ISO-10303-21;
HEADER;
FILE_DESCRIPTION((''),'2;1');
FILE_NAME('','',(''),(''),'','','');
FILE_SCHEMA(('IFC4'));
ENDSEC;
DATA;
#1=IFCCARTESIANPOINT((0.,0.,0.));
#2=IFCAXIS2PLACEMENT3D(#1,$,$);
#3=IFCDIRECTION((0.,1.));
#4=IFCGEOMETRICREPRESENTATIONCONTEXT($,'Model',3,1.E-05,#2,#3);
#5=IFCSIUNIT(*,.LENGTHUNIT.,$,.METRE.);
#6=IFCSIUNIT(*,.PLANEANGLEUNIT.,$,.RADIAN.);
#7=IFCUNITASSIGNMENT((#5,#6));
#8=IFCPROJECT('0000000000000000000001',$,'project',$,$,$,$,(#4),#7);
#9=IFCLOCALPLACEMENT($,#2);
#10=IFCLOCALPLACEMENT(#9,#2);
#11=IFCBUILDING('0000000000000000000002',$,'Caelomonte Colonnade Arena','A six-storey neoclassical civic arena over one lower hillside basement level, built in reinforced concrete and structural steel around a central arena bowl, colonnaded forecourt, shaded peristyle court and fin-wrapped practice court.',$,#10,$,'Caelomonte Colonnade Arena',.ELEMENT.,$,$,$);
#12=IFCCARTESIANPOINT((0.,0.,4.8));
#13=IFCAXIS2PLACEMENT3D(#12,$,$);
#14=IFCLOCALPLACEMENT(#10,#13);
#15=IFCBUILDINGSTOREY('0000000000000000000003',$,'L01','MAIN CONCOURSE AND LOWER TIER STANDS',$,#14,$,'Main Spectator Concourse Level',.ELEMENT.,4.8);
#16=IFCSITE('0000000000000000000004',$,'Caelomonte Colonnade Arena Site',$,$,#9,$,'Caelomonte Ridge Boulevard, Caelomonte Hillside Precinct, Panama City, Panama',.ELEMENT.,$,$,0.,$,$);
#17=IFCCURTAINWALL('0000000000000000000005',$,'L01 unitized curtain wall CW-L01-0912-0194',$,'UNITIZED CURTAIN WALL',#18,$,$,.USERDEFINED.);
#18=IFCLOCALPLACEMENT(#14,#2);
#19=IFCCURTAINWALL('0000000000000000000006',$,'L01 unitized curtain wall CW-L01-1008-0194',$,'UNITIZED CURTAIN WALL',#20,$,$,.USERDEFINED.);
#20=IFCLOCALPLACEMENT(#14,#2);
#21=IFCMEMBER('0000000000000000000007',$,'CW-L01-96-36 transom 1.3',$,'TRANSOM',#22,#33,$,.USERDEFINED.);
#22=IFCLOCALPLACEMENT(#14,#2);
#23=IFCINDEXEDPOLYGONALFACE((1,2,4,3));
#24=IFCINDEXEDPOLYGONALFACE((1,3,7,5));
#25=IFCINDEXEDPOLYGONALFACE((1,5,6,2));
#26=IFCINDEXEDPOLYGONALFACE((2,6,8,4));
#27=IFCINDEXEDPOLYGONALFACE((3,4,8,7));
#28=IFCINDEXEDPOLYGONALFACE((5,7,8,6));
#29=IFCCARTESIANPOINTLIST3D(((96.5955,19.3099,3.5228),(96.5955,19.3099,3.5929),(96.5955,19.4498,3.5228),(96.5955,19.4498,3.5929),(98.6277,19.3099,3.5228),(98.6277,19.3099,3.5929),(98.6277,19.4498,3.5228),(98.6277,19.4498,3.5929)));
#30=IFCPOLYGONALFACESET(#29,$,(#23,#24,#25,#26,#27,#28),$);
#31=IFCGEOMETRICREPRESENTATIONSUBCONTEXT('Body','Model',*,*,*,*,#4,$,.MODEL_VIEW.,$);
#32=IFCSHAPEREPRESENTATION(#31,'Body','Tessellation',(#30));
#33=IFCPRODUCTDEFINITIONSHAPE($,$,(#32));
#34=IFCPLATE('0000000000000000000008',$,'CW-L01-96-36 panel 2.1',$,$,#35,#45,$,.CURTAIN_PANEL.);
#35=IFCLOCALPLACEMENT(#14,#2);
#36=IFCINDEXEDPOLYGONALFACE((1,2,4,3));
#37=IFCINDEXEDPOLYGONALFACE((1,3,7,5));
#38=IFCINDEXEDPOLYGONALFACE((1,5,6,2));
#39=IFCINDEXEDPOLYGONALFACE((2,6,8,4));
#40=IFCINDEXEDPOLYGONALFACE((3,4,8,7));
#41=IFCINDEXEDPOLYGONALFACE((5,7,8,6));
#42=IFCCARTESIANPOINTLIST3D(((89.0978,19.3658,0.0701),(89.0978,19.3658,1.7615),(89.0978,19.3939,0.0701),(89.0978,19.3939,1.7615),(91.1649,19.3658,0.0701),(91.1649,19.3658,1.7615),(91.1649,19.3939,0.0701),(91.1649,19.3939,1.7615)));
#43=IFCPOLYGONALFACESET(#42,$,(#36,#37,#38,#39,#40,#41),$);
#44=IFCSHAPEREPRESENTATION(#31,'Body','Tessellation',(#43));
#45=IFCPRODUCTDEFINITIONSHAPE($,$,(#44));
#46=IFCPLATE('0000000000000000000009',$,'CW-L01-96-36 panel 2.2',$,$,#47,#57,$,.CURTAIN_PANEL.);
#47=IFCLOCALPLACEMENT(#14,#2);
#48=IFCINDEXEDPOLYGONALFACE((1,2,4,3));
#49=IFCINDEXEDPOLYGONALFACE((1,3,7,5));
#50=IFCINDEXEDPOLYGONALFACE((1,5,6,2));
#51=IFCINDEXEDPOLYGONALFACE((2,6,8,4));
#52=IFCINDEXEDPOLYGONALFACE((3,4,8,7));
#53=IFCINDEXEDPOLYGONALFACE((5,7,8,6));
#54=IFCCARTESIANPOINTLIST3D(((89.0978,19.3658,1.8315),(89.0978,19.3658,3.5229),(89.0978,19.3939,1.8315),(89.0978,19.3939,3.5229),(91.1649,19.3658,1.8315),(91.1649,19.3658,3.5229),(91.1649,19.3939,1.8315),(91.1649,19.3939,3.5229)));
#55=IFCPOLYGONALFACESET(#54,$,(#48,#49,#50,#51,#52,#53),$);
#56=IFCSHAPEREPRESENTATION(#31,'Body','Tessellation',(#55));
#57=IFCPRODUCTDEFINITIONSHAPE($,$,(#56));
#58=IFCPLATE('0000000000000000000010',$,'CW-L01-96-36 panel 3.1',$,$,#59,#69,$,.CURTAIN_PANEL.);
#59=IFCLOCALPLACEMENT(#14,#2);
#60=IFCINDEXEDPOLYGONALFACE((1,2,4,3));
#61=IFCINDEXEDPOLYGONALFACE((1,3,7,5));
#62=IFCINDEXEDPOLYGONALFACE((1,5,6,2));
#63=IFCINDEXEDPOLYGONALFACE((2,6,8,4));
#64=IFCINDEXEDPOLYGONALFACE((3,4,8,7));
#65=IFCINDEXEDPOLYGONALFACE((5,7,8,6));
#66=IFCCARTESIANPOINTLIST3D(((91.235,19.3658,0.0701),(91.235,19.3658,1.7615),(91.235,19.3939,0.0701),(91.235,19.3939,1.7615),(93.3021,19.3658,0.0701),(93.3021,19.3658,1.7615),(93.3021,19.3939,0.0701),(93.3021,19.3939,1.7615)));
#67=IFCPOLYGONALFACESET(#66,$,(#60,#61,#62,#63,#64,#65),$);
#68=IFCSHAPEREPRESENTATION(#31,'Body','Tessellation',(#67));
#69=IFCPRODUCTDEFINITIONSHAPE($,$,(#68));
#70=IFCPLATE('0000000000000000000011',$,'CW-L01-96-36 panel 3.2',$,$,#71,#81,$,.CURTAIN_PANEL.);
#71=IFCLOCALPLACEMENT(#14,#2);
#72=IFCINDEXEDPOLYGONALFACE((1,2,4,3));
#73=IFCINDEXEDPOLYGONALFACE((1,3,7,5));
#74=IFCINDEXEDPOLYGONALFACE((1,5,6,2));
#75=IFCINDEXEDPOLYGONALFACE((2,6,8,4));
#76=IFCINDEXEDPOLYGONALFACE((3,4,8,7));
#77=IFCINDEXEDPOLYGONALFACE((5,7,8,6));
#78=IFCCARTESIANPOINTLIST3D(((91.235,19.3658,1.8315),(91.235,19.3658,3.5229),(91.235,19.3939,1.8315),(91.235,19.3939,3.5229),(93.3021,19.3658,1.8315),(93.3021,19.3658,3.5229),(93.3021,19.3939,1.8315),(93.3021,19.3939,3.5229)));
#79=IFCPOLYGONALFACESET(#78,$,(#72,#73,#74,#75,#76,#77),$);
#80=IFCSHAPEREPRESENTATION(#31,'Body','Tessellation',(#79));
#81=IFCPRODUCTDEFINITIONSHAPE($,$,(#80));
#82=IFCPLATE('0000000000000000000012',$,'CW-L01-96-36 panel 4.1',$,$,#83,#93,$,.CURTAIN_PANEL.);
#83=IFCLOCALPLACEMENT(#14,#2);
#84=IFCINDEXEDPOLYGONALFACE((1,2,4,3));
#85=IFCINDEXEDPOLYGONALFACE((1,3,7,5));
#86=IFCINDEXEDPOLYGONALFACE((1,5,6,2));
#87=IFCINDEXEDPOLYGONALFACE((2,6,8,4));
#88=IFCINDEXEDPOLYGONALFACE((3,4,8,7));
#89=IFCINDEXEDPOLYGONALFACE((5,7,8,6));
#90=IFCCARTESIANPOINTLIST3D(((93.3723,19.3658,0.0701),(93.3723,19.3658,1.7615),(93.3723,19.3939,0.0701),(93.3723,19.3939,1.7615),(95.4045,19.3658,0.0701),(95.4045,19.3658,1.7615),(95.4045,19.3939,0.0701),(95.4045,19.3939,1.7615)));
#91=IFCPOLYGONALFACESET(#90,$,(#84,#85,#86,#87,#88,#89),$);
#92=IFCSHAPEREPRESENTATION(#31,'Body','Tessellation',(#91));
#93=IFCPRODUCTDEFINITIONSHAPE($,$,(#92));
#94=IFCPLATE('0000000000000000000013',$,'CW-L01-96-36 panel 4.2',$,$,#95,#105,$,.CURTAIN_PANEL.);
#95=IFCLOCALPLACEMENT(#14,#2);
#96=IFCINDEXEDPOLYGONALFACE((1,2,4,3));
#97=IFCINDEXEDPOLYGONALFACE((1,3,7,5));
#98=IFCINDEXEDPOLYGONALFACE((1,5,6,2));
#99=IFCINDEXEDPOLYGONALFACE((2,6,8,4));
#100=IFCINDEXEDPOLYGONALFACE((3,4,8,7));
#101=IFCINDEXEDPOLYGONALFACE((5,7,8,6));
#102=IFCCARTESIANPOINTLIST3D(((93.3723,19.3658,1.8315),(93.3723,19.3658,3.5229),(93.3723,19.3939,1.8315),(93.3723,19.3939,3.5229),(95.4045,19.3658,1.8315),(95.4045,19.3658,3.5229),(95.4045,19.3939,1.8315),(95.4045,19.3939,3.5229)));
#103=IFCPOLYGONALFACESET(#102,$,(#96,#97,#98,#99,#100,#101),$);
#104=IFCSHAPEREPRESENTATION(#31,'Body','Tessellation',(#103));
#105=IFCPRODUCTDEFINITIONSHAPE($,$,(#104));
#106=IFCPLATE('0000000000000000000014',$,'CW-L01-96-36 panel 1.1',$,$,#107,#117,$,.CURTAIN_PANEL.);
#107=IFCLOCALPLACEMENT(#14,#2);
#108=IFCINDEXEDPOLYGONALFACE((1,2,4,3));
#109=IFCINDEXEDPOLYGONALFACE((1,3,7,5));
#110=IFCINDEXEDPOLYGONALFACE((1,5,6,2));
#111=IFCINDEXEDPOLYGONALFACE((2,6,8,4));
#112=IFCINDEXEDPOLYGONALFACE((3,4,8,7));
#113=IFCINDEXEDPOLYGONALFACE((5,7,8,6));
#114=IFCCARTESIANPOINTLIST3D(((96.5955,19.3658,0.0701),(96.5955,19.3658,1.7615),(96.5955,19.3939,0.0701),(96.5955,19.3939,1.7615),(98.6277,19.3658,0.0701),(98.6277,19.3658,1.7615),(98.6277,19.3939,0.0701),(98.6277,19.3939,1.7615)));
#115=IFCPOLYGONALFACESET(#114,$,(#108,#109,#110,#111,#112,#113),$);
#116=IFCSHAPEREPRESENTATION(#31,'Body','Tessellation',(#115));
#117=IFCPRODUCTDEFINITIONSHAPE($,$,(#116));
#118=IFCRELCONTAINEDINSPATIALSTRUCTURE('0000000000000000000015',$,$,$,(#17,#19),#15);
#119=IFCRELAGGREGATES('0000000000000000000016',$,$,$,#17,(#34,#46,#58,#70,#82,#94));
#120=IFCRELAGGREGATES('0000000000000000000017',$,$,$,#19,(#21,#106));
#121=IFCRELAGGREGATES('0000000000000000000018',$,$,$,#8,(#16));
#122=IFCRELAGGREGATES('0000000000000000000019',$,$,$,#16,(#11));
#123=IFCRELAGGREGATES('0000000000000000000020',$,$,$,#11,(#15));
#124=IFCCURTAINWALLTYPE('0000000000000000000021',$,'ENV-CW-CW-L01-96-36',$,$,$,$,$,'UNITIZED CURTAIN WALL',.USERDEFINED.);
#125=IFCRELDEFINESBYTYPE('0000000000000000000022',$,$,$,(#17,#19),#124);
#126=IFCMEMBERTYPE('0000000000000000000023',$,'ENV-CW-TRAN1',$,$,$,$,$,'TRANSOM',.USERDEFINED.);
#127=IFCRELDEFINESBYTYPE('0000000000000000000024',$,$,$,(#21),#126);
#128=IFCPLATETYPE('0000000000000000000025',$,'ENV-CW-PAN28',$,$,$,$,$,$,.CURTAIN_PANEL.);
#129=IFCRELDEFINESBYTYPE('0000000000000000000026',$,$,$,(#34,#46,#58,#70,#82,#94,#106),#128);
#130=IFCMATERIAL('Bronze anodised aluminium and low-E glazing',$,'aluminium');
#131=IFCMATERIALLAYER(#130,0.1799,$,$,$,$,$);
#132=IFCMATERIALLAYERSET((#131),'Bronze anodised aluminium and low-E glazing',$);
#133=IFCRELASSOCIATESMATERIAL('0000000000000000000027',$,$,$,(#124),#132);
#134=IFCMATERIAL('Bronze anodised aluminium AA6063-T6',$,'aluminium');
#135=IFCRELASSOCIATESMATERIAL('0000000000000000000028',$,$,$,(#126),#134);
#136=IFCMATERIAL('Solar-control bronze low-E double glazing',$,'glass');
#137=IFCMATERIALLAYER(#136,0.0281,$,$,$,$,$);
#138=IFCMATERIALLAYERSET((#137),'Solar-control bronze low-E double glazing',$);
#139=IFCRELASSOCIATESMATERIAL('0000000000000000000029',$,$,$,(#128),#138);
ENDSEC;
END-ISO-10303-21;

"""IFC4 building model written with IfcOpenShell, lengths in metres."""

from ifc_helpers import new_model, si_unit, direction, frame, origin, origin_2d, place, context, subcontext, project, spatial, rectangle, extrude, material, layer, layer_set, material_profile, profile_set, type_object, element, aggregate, save


model = new_model("IFC4")

# Units and contexts
model_context = context("Model", 3, precision=1e-05, world=origin(), true_north=direction((0.0, 1.0)))
body_context = subcontext(model_context, "Body", "Model", "MODEL_VIEW")
ifc_project = project(units=[si_unit("LENGTHUNIT", "METRE"), si_unit("PLANEANGLEUNIT", "RADIAN")], contexts=[model_context])

# Site, building, storey
site_placement = place(None, origin())
site = spatial("IfcSite", under=ifc_project, at=site_placement, Name="Caelomonte Colonnade Arena Site", LongName="Caelomonte Ridge Boulevard, Caelomonte Hillside Precinct, Panama City, Panama", CompositionType="ELEMENT", RefElevation=0.0)
building_placement = place(site_placement, origin())
building = spatial("IfcBuilding", under=site, at=building_placement, Name="Caelomonte Colonnade Arena", Description="A six-storey neoclassical civic arena over one lower hillside basement level, built in reinforced concrete and structural steel around a central arena bowl, colonnaded forecourt, shaded peristyle court and fin-wrapped practice court.", LongName="Caelomonte Colonnade Arena", CompositionType="ELEMENT")
storey_placement = place(building_placement, frame((0.0, 0.0, 4.8)))
storey = spatial("IfcBuildingStorey", under=building, at=storey_placement, Name="L01", Description="MAIN CONCOURSE AND LOWER TIER STANDS", LongName="Main Spectator Concourse Level", CompositionType="ELEMENT", Elevation=4.8)

# Curtain wall
ifc_material_1 = material(Name="Bronze anodised aluminium and low-E glazing", Category="aluminium")
ifc_layer_1 = layer(ifc_material_1, 0.1799)
ifc_layer_set_1 = layer_set([ifc_layer_1], Name="Bronze anodised aluminium and low-E glazing")
curtain_wall_type = type_object("IfcCurtainWallType", Name="ENV-CW-CW-L01-96-36", ElementType="UNITIZED CURTAIN WALL", PredefinedType="USERDEFINED", material=ifc_layer_set_1)
curtain_wall_1_placement = place(storey_placement, origin())
curtain_wall_1 = element("IfcCurtainWall", 1, at=curtain_wall_1_placement, inside=storey, type_object=curtain_wall_type, Name="L01 unitized curtain wall CW-L01-0912-0194", ObjectType="UNITIZED CURTAIN WALL", PredefinedType="USERDEFINED")
ifc_material_2 = material(Name="Bronze anodised aluminium AA6063-T6", Category="aluminium")

# Curtain wall
curtain_wall_2_placement = place(storey_placement, origin())
curtain_wall_2 = element("IfcCurtainWall", 2, at=curtain_wall_2_placement, inside=storey, type_object=curtain_wall_type, Name="L01 unitized curtain wall CW-L01-1008-0194", ObjectType="UNITIZED CURTAIN WALL", PredefinedType="USERDEFINED")

# Member
ifc_material_profile_1 = material_profile(ifc_material_2, rectangle(XDim=0.0701, YDim=0.1399, at=origin_2d()), Name="CWT-70X140")
ifc_profile_set_1 = profile_set([ifc_material_profile_1], Name="Bronze anodised aluminium AA6063-T6")
member_type_1 = type_object("IfcMemberType", Name="ENV-CW-TRAN1", ElementType="TRANSOM", PredefinedType="USERDEFINED", material=ifc_profile_set_1)
member_1_placement = place(storey_placement, frame((96.5955, 19.3799, 3.5579), z_axis=(1.0, 0.0, 0.0), x_axis=(0.0, 0.0, 1.0)))
member_1 = element("IfcMember", 3, at=member_1_placement, type_object=member_type_1, Name="CW-L01-96-36 transom 1.3", ObjectType="TRANSOM", PredefinedType="USERDEFINED", context=body_context, shape_type="SweptSolid", body=[
    extrude(rectangle(XDim=0.0701, YDim=0.1399, at=origin_2d()), origin(), (0.0, 0.0, 1.0), 2.0322),
])

# Plates
ifc_material_3 = material(Name="Solar-control bronze low-E double glazing", Category="glass")
ifc_layer_2 = layer(ifc_material_3, 0.0281)
ifc_layer_set_2 = layer_set([ifc_layer_2], Name="Solar-control bronze low-E double glazing")
plate_type = type_object("IfcPlateType", Name="ENV-CW-PAN28", PredefinedType="CURTAIN_PANEL", material=ifc_layer_set_2)
plate_1_placement = place(storey_placement, frame((90.1313, 19.3799, 0.0701), z_axis=(0.0, 0.0, 1.0), x_axis=(1.0, 0.0, 0.0)))
plate_1 = element("IfcPlate", 4, at=plate_1_placement, type_object=plate_type, Name="CW-L01-96-36 panel 2.1", PredefinedType="CURTAIN_PANEL", context=body_context, shape_type="SweptSolid", body=[
    extrude(rectangle(XDim=2.0671, YDim=0.0281, at=origin_2d()), origin(), (0.0, 0.0, 1.0), 1.6914),
])
plate_2_placement = place(storey_placement, frame((90.1313, 19.3799, 1.8315), z_axis=(0.0, 0.0, 1.0), x_axis=(1.0, 0.0, 0.0)))
plate_2 = element("IfcPlate", 5, at=plate_2_placement, type_object=plate_type, Name="CW-L01-96-36 panel 2.2", PredefinedType="CURTAIN_PANEL", context=body_context, shape_type="SweptSolid", body=[
    extrude(rectangle(XDim=2.0671, YDim=0.0281, at=origin_2d()), origin(), (0.0, 0.0, 1.0), 1.6914),
])
plate_3_placement = place(storey_placement, frame((92.2686, 19.3799, 0.0701), z_axis=(0.0, 0.0, 1.0), x_axis=(1.0, 0.0, 0.0)))
plate_3 = element("IfcPlate", 6, at=plate_3_placement, type_object=plate_type, Name="CW-L01-96-36 panel 3.1", PredefinedType="CURTAIN_PANEL", context=body_context, shape_type="SweptSolid", body=[
    extrude(rectangle(XDim=2.0671, YDim=0.0281, at=origin_2d()), origin(), (0.0, 0.0, 1.0), 1.6914),
])
plate_4_placement = place(storey_placement, frame((92.2686, 19.3799, 1.8315), z_axis=(0.0, 0.0, 1.0), x_axis=(1.0, 0.0, 0.0)))
plate_4 = element("IfcPlate", 7, at=plate_4_placement, type_object=plate_type, Name="CW-L01-96-36 panel 3.2", PredefinedType="CURTAIN_PANEL", context=body_context, shape_type="SweptSolid", body=[
    extrude(rectangle(XDim=2.0671, YDim=0.0281, at=origin_2d()), origin(), (0.0, 0.0, 1.0), 1.6914),
])
plate_5_placement = place(storey_placement, frame((94.3884, 19.3799, 0.0701), z_axis=(0.0, 0.0, 1.0), x_axis=(1.0, 0.0, 0.0)))
plate_5 = element("IfcPlate", 8, at=plate_5_placement, type_object=plate_type, Name="CW-L01-96-36 panel 4.1", PredefinedType="CURTAIN_PANEL", context=body_context, shape_type="SweptSolid", body=[
    extrude(rectangle(XDim=2.0322, YDim=0.0281, at=origin_2d()), origin(), (0.0, 0.0, 1.0), 1.6914),
])
plate_6_placement = place(storey_placement, frame((94.3884, 19.3799, 1.8315), z_axis=(0.0, 0.0, 1.0), x_axis=(1.0, 0.0, 0.0)))
plate_6 = element("IfcPlate", 9, at=plate_6_placement, type_object=plate_type, Name="CW-L01-96-36 panel 4.2", PredefinedType="CURTAIN_PANEL", context=body_context, shape_type="SweptSolid", body=[
    extrude(rectangle(XDim=2.0322, YDim=0.0281, at=origin_2d()), origin(), (0.0, 0.0, 1.0), 1.6914),
])
aggregate(curtain_wall_1, [plate_1, plate_2, plate_3, plate_4, plate_5, plate_6])
plate_7_placement = place(storey_placement, frame((97.6116, 19.3799, 0.0701), z_axis=(0.0, 0.0, 1.0), x_axis=(1.0, 0.0, 0.0)))
plate_7 = element("IfcPlate", 10, at=plate_7_placement, type_object=plate_type, Name="CW-L01-96-36 panel 1.1", PredefinedType="CURTAIN_PANEL", context=body_context, shape_type="SweptSolid", body=[
    extrude(rectangle(XDim=2.0322, YDim=0.0281, at=origin_2d()), origin(), (0.0, 0.0, 1.0), 1.6914),
])
aggregate(curtain_wall_2, [member_1, plate_7])

save(model, "model.ifc")
